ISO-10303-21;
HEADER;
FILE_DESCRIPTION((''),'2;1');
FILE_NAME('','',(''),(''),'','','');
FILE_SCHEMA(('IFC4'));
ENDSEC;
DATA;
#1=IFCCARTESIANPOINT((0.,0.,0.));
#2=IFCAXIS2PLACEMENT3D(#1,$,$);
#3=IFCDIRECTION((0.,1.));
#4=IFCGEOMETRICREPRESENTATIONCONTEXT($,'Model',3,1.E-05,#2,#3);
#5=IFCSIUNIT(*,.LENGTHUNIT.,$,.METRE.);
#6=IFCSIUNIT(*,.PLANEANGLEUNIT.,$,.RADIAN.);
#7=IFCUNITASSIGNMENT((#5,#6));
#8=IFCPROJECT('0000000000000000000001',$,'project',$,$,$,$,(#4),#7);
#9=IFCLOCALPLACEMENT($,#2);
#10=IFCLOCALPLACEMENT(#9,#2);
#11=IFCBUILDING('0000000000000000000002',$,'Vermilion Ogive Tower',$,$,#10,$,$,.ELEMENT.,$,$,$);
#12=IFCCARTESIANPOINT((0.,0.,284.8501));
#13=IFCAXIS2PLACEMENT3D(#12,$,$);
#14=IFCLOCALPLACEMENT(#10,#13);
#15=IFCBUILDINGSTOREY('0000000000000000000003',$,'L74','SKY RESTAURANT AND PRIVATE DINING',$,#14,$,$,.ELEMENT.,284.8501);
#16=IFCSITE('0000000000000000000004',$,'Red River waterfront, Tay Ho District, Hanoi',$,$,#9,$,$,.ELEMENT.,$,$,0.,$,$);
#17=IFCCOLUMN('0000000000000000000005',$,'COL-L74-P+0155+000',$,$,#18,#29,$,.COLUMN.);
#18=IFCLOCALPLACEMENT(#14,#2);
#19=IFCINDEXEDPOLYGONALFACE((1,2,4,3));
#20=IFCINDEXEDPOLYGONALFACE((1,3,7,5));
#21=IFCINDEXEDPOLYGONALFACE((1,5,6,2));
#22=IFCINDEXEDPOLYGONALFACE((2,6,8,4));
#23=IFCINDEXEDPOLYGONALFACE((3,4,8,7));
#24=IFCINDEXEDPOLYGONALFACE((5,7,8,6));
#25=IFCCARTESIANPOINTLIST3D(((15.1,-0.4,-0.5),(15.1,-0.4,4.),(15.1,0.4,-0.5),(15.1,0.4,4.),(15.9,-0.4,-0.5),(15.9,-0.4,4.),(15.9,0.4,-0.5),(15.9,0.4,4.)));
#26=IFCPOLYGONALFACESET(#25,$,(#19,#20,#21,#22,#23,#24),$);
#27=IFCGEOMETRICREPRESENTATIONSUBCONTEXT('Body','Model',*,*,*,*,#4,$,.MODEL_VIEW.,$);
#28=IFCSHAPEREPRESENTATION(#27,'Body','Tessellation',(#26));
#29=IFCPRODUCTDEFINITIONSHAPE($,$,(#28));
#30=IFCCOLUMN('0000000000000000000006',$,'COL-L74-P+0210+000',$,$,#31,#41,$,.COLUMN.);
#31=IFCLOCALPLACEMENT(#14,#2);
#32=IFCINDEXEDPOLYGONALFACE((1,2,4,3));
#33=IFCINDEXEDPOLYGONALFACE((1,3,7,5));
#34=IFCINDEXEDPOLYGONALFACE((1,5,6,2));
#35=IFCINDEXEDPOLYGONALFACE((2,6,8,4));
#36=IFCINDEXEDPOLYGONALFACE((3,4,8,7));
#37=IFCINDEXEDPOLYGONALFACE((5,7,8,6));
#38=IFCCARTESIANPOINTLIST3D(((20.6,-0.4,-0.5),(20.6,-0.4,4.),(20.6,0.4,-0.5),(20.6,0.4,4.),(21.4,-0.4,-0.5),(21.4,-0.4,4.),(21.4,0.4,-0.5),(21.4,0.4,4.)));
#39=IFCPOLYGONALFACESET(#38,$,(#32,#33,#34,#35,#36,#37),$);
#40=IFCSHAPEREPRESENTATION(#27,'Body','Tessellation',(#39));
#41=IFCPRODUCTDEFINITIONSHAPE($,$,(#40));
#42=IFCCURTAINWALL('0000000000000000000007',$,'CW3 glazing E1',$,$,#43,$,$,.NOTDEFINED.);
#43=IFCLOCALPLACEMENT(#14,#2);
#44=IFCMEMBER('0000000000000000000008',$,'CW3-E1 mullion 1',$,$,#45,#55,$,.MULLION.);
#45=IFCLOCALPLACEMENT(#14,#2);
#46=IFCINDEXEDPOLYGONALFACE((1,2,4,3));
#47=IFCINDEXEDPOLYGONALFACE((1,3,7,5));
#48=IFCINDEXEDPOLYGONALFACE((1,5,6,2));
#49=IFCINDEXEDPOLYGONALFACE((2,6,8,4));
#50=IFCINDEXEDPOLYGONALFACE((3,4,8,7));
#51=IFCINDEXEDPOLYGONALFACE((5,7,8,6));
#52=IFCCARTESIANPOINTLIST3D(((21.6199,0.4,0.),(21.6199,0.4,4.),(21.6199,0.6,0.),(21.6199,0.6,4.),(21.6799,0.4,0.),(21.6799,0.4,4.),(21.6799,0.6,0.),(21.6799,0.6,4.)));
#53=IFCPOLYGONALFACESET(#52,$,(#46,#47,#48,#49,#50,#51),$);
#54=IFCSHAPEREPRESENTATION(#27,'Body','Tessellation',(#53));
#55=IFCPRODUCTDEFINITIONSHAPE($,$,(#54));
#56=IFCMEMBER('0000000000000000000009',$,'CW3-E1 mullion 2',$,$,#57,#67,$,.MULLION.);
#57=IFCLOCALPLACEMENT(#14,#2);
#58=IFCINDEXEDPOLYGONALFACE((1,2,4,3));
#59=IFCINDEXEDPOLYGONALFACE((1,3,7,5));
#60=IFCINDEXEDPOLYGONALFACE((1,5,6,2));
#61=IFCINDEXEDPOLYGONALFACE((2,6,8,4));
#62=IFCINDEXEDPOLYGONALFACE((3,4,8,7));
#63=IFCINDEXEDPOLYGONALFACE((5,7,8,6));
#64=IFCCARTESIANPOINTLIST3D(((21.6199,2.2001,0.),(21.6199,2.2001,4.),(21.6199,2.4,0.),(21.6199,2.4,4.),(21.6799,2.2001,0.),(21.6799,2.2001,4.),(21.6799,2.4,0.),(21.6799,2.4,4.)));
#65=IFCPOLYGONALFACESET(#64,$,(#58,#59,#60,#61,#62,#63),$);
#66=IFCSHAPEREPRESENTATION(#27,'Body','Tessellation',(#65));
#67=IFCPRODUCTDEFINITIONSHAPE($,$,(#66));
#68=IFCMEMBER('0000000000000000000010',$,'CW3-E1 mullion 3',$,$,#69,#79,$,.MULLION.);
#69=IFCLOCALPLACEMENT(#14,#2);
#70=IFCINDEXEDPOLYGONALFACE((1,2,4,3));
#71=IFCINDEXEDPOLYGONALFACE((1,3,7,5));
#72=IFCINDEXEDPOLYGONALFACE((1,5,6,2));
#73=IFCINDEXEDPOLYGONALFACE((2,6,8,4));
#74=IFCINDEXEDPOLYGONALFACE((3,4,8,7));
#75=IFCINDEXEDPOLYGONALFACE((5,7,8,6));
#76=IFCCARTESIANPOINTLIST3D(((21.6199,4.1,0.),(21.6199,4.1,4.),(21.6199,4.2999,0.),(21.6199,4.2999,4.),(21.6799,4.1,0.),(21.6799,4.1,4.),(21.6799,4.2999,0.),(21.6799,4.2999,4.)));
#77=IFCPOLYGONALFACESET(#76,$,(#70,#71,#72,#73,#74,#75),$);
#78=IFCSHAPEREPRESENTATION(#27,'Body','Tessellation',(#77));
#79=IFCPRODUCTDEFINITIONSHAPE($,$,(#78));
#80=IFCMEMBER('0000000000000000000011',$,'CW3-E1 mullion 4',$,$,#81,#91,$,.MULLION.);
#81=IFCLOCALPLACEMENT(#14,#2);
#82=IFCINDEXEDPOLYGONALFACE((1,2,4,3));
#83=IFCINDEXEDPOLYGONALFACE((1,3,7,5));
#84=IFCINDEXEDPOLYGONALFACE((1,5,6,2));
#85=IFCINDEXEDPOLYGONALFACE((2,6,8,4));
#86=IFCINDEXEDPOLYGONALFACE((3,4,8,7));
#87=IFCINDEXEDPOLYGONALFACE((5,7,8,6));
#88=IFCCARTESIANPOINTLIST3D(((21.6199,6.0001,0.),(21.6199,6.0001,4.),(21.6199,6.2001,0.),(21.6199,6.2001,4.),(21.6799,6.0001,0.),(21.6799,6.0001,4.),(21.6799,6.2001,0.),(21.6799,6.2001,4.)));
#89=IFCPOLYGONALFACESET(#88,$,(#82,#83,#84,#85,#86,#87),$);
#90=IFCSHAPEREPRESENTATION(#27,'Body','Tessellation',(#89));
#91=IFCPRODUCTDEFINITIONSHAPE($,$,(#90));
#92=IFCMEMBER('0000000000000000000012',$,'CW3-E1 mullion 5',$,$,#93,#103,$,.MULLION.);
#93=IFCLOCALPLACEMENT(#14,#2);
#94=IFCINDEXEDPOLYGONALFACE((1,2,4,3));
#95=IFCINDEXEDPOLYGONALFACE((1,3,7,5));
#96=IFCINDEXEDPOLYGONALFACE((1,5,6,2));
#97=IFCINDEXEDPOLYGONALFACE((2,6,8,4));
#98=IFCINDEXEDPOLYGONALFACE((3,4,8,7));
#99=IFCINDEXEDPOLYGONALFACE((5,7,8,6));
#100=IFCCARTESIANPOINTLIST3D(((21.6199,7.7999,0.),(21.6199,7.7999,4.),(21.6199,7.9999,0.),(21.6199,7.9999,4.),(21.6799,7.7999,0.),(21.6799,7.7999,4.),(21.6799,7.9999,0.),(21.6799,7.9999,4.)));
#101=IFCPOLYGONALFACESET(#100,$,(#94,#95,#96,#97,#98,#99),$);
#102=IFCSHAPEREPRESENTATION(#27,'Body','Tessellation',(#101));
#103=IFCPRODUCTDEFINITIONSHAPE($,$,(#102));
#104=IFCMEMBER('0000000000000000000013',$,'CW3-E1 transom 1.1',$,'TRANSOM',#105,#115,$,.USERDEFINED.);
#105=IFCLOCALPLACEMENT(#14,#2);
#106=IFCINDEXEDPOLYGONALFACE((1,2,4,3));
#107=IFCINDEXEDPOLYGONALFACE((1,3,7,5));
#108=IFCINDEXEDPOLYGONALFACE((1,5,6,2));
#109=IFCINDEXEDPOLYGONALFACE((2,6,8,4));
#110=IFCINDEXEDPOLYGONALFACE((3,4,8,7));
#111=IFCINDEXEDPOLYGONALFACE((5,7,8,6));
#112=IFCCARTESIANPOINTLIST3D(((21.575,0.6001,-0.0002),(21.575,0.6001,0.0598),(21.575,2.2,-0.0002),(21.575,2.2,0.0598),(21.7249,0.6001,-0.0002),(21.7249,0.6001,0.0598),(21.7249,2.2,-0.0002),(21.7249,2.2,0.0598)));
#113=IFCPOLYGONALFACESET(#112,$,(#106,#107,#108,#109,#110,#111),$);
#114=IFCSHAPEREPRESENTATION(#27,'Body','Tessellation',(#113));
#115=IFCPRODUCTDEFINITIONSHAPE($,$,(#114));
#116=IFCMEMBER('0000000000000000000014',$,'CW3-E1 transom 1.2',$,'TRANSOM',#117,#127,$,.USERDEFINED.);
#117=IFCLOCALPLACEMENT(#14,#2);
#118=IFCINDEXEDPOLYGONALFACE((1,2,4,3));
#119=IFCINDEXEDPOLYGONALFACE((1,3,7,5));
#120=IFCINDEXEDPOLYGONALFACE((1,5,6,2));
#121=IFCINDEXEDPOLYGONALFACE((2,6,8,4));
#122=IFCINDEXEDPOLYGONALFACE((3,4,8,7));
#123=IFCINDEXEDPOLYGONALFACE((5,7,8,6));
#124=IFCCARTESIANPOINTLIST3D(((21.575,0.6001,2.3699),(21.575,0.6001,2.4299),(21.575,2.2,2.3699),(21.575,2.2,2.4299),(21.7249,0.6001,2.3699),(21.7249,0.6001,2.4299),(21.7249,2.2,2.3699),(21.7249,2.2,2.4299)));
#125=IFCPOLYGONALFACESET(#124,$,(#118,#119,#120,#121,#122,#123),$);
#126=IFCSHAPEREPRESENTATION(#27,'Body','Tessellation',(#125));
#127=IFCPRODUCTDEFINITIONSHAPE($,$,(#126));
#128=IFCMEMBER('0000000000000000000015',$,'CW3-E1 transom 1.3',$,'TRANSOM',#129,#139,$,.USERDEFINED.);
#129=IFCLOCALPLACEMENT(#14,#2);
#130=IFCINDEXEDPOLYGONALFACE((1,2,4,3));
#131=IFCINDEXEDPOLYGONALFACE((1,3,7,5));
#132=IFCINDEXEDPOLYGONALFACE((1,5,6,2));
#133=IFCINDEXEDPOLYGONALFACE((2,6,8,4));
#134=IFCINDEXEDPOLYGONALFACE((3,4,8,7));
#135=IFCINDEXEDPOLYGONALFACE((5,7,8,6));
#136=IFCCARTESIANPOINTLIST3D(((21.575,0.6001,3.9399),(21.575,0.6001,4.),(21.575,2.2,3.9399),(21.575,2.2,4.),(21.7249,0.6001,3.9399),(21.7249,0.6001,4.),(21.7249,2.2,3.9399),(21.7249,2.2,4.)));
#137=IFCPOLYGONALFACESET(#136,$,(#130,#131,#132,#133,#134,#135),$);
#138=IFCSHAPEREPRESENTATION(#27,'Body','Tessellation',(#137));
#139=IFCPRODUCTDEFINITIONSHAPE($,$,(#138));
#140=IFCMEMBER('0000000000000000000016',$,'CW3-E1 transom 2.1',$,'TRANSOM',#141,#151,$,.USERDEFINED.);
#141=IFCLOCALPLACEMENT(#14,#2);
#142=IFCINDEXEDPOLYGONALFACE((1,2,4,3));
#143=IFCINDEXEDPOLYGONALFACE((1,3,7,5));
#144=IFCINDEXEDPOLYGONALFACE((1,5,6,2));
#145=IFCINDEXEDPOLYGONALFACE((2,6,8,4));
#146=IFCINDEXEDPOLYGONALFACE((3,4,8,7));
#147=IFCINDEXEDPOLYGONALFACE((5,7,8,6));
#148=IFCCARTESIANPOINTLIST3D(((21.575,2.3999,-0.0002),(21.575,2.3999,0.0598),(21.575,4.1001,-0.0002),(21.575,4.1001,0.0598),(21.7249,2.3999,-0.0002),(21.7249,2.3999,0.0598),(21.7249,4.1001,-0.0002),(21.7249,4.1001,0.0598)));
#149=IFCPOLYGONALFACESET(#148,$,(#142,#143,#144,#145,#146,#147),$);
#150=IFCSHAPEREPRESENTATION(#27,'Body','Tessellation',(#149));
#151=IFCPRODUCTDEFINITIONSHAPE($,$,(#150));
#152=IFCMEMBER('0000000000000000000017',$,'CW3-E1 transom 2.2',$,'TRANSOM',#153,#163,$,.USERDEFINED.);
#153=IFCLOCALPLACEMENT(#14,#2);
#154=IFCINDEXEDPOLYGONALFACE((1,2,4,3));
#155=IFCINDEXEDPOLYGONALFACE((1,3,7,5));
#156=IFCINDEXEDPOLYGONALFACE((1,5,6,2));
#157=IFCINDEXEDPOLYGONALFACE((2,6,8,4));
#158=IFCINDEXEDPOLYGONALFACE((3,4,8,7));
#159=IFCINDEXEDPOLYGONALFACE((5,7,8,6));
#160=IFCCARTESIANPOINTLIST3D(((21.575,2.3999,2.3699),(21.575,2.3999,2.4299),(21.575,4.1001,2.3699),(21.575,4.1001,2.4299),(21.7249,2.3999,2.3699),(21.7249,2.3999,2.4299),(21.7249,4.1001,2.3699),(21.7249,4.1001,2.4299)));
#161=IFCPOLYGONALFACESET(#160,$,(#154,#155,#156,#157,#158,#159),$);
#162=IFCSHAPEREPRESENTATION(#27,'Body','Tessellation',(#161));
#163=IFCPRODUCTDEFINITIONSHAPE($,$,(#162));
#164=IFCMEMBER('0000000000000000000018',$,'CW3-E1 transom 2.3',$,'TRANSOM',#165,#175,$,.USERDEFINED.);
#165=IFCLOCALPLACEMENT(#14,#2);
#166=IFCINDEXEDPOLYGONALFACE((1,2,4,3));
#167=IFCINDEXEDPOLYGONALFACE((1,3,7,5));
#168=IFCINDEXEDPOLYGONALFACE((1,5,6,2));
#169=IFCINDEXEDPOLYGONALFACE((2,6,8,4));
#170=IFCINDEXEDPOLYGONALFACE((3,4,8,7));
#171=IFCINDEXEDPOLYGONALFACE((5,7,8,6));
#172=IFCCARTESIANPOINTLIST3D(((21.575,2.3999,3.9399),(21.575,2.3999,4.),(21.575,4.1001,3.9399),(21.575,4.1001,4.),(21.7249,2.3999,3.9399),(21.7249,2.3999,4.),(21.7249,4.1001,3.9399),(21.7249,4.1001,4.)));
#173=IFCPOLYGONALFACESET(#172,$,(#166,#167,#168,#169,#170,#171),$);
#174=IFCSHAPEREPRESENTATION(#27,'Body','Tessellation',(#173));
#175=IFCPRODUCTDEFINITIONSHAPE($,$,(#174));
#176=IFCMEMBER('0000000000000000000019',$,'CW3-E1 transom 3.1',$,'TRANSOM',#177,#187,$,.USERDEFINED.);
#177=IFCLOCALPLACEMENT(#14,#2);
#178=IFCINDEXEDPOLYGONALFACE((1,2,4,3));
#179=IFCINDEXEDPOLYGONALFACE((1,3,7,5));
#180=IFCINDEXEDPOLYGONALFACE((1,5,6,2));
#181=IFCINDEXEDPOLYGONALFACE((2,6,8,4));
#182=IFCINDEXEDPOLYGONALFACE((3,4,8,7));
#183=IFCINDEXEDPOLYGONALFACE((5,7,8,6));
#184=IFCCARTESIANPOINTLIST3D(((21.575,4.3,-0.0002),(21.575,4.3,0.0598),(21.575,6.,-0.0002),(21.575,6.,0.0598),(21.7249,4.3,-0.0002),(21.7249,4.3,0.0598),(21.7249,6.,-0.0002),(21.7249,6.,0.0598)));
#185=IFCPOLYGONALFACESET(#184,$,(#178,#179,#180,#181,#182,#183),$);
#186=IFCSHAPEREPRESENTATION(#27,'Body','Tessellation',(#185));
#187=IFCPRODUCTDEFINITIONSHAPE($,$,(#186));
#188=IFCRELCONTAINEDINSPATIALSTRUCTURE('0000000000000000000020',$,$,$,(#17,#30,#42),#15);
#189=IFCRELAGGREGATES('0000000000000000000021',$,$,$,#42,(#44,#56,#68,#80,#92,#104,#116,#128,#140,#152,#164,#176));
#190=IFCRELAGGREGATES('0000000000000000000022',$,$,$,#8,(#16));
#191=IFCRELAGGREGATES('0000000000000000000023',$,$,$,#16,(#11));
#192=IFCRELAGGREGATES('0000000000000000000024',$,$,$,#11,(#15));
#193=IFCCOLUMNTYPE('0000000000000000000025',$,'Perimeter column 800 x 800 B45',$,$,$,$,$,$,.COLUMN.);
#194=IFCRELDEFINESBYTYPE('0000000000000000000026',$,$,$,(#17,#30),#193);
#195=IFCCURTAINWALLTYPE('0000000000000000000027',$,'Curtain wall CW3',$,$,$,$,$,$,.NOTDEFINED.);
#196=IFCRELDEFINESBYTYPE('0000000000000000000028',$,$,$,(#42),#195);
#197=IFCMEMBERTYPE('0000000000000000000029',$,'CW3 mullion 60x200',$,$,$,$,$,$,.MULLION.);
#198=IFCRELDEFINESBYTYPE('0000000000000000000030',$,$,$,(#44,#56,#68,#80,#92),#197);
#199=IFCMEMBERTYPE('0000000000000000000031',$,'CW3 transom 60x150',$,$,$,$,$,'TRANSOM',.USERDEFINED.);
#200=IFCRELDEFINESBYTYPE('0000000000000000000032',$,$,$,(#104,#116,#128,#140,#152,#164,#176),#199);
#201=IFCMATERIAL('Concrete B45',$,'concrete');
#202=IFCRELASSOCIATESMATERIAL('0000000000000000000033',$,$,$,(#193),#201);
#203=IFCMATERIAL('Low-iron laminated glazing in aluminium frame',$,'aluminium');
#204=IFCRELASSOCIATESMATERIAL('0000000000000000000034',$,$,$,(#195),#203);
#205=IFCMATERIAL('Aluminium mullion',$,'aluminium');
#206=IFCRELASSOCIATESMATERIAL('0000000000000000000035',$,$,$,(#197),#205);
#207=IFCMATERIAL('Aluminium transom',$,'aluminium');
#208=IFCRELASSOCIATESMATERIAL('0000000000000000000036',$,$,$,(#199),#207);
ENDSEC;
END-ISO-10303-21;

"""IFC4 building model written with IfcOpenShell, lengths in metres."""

from ifc_helpers import new_model, si_unit, direction, frame, origin, origin_2d, place, context, subcontext, project, spatial, rectangle, extrude, material, material_profile, profile_set, type_object, element, aggregate, save


model = new_model("IFC4")

# Units and contexts
model_context = context("Model", 3, precision=1e-05, world=origin(), true_north=direction((0.0, 1.0)))
body_context = subcontext(model_context, "Body", "Model", "MODEL_VIEW")
ifc_project = project(units=[si_unit("LENGTHUNIT", "METRE"), si_unit("PLANEANGLEUNIT", "RADIAN")], contexts=[model_context])

# Site, building, storey
site_placement = place(None, origin())
site = spatial("IfcSite", under=ifc_project, at=site_placement, Name="Red River waterfront, Tay Ho District, Hanoi", CompositionType="ELEMENT", RefElevation=0.0)
building_placement = place(site_placement, origin())
building = spatial("IfcBuilding", under=site, at=building_placement, Name="Vermilion Ogive Tower", CompositionType="ELEMENT")
storey_placement = place(building_placement, frame((0.0, 0.0, 284.8501)))
storey = spatial("IfcBuildingStorey", under=building, at=storey_placement, Name="L74", Description="SKY RESTAURANT AND PRIVATE DINING", CompositionType="ELEMENT", Elevation=284.8501)

# Columns
ifc_material_1 = material(Name="Concrete B45", Category="concrete")
ifc_material_profile_1 = material_profile(ifc_material_1, rectangle(XDim=0.8, YDim=0.8, at=origin_2d()), Name="800 x 800")
ifc_profile_set_1 = profile_set([ifc_material_profile_1], Name="Concrete B45")
column_type = type_object("IfcColumnType", Name="Perimeter column 800 x 800 B45", PredefinedType="COLUMN", material=ifc_profile_set_1)
for number, where, z_axis, x_axis, name in (
    (1, (15.5, 0.0, -0.5), (0.0, 0.0, 1.0), (1.0, 0.0, 0.0), "COL-L74-P+0155+000"),
    (2, (21.0, 0.0, -0.5), (0.0, 0.0, 1.0), (1.0, 0.0, 0.0), "COL-L74-P+0210+000"),
):
    element("IfcColumn", number, at=place(storey_placement, frame(where, z_axis=z_axis, x_axis=x_axis)), inside=storey, type_object=column_type, Name=name, PredefinedType="COLUMN", context=body_context, shape_type="SweptSolid", body=[
        extrude(rectangle(XDim=0.8, YDim=0.8, at=origin_2d()), origin(), (0.0, 0.0, 1.0), 4.5),
    ])

# Curtain wall, members
ifc_material_2 = material(Name="Low-iron laminated glazing in aluminium frame", Category="aluminium")
curtain_wall_type = type_object("IfcCurtainWallType", Name="Curtain wall CW3", PredefinedType="NOTDEFINED", material=ifc_material_2)
curtain_wall_placement = place(storey_placement, origin())
curtain_wall = element("IfcCurtainWall", 3, at=curtain_wall_placement, inside=storey, type_object=curtain_wall_type, Name="CW3 glazing E1", PredefinedType="NOTDEFINED")
ifc_material_3 = material(Name="Aluminium mullion", Category="aluminium")
ifc_material_profile_2 = material_profile(ifc_material_3, rectangle(XDim=0.0601, YDim=0.2, at=origin_2d()), Name="AL 60x200")
ifc_profile_set_2 = profile_set([ifc_material_profile_2], Name="Aluminium mullion")
member_type_1 = type_object("IfcMemberType", Name="CW3 mullion 60x200", PredefinedType="MULLION", material=ifc_profile_set_2)
member_1_placement = place(storey_placement, frame((21.6499, 0.5, 0.0), z_axis=(0.0, 0.0, 1.0), x_axis=(-1.0, 0.0, 0.0)))
member_1 = element("IfcMember", 4, at=member_1_placement, type_object=member_type_1, Name="CW3-E1 mullion 1", PredefinedType="MULLION", context=body_context, shape_type="SweptSolid", body=[
    extrude(rectangle(XDim=0.0601, YDim=0.2, at=origin_2d()), origin(), (0.0, 0.0, 1.0), 4.0),
])
member_2_placement = place(storey_placement, frame((21.6499, 2.3, 0.0), z_axis=(0.0, 0.0, 1.0), x_axis=(-1.0, 0.0, 0.0)))
member_2 = element("IfcMember", 5, at=member_2_placement, type_object=member_type_1, Name="CW3-E1 mullion 2", PredefinedType="MULLION", context=body_context, shape_type="SweptSolid", body=[
    extrude(rectangle(XDim=0.0601, YDim=0.2, at=origin_2d()), origin(), (0.0, 0.0, 1.0), 4.0),
])
member_3_placement = place(storey_placement, frame((21.6499, 4.2, 0.0), z_axis=(0.0, 0.0, 1.0), x_axis=(-1.0, 0.0, 0.0)))
member_3 = element("IfcMember", 6, at=member_3_placement, type_object=member_type_1, Name="CW3-E1 mullion 3", PredefinedType="MULLION", context=body_context, shape_type="SweptSolid", body=[
    extrude(rectangle(XDim=0.0601, YDim=0.2, at=origin_2d()), origin(), (0.0, 0.0, 1.0), 4.0),
])
member_4_placement = place(storey_placement, frame((21.6499, 6.1001, 0.0), z_axis=(0.0, 0.0, 1.0), x_axis=(-1.0, 0.0, 0.0)))
member_4 = element("IfcMember", 7, at=member_4_placement, type_object=member_type_1, Name="CW3-E1 mullion 4", PredefinedType="MULLION", context=body_context, shape_type="SweptSolid", body=[
    extrude(rectangle(XDim=0.0601, YDim=0.2, at=origin_2d()), origin(), (0.0, 0.0, 1.0), 4.0),
])
member_5_placement = place(storey_placement, frame((21.6499, 7.8999, 0.0), z_axis=(0.0, 0.0, 1.0), x_axis=(-1.0, 0.0, 0.0)))
member_5 = element("IfcMember", 8, at=member_5_placement, type_object=member_type_1, Name="CW3-E1 mullion 5", PredefinedType="MULLION", context=body_context, shape_type="SweptSolid", body=[
    extrude(rectangle(XDim=0.0601, YDim=0.2, at=origin_2d()), origin(), (0.0, 0.0, 1.0), 4.0),
])
ifc_material_4 = material(Name="Aluminium transom", Category="aluminium")
ifc_material_profile_3 = material_profile(ifc_material_4, rectangle(XDim=0.1499, YDim=0.0601, at=origin_2d()), Name="AL 60x150")
ifc_profile_set_3 = profile_set([ifc_material_profile_3], Name="Aluminium transom")
member_type_2 = type_object("IfcMemberType", Name="CW3 transom 60x150", ElementType="TRANSOM", PredefinedType="USERDEFINED", material=ifc_profile_set_3)
member_6_placement = place(storey_placement, frame((21.6499, 0.6001, 0.0298), z_axis=(0.0, 1.0, 0.0), x_axis=(-1.0, 0.0, 0.0)))
member_6 = element("IfcMember", 9, at=member_6_placement, type_object=member_type_2, Name="CW3-E1 transom 1.1", ObjectType="TRANSOM", PredefinedType="USERDEFINED", context=body_context, shape_type="SweptSolid", body=[
    extrude(rectangle(XDim=0.1499, YDim=0.0601, at=origin_2d()), origin(), (0.0, 0.0, 1.0), 1.5999),
])
member_7_placement = place(storey_placement, frame((21.6499, 0.6001, 2.3999), z_axis=(0.0, 1.0, 0.0), x_axis=(-1.0, 0.0, 0.0)))
member_7 = element("IfcMember", 10, at=member_7_placement, type_object=member_type_2, Name="CW3-E1 transom 1.2", ObjectType="TRANSOM", PredefinedType="USERDEFINED", context=body_context, shape_type="SweptSolid", body=[
    extrude(rectangle(XDim=0.1499, YDim=0.0601, at=origin_2d()), origin(), (0.0, 0.0, 1.0), 1.5999),
])
member_8_placement = place(storey_placement, frame((21.6499, 0.6001, 3.97), z_axis=(0.0, 1.0, 0.0), x_axis=(-1.0, 0.0, 0.0)))
member_8 = element("IfcMember", 11, at=member_8_placement, type_object=member_type_2, Name="CW3-E1 transom 1.3", ObjectType="TRANSOM", PredefinedType="USERDEFINED", context=body_context, shape_type="SweptSolid", body=[
    extrude(rectangle(XDim=0.1499, YDim=0.0601, at=origin_2d()), origin(), (0.0, 0.0, 1.0), 1.5999),
])
member_9_placement = place(storey_placement, frame((21.6499, 2.3999, 0.0298), z_axis=(0.0, 1.0, 0.0), x_axis=(-1.0, 0.0, 0.0)))
member_9 = element("IfcMember", 12, at=member_9_placement, type_object=member_type_2, Name="CW3-E1 transom 2.1", ObjectType="TRANSOM", PredefinedType="USERDEFINED", context=body_context, shape_type="SweptSolid", body=[
    extrude(rectangle(XDim=0.1499, YDim=0.0601, at=origin_2d()), origin(), (0.0, 0.0, 1.0), 1.7002),
])
member_10_placement = place(storey_placement, frame((21.6499, 2.3999, 2.3999), z_axis=(0.0, 1.0, 0.0), x_axis=(-1.0, 0.0, 0.0)))
member_10 = element("IfcMember", 13, at=member_10_placement, type_object=member_type_2, Name="CW3-E1 transom 2.2", ObjectType="TRANSOM", PredefinedType="USERDEFINED", context=body_context, shape_type="SweptSolid", body=[
    extrude(rectangle(XDim=0.1499, YDim=0.0601, at=origin_2d()), origin(), (0.0, 0.0, 1.0), 1.7002),
])
member_11_placement = place(storey_placement, frame((21.6499, 2.3999, 3.97), z_axis=(0.0, 1.0, 0.0), x_axis=(-1.0, 0.0, 0.0)))
member_11 = element("IfcMember", 14, at=member_11_placement, type_object=member_type_2, Name="CW3-E1 transom 2.3", ObjectType="TRANSOM", PredefinedType="USERDEFINED", context=body_context, shape_type="SweptSolid", body=[
    extrude(rectangle(XDim=0.1499, YDim=0.0601, at=origin_2d()), origin(), (0.0, 0.0, 1.0), 1.7002),
])
member_12_placement = place(storey_placement, frame((21.6499, 4.3, 0.0298), z_axis=(0.0, 1.0, 0.0), x_axis=(-1.0, 0.0, 0.0)))
member_12 = element("IfcMember", 15, at=member_12_placement, type_object=member_type_2, Name="CW3-E1 transom 3.1", ObjectType="TRANSOM", PredefinedType="USERDEFINED", context=body_context, shape_type="SweptSolid", body=[
    extrude(rectangle(XDim=0.1499, YDim=0.0601, at=origin_2d()), origin(), (0.0, 0.0, 1.0), 1.7),
])

aggregate(curtain_wall, [member_1, member_2, member_3, member_4, member_5, member_6, member_7, member_8, member_9, member_10, member_11, member_12])

save(model, "model.ifc")
